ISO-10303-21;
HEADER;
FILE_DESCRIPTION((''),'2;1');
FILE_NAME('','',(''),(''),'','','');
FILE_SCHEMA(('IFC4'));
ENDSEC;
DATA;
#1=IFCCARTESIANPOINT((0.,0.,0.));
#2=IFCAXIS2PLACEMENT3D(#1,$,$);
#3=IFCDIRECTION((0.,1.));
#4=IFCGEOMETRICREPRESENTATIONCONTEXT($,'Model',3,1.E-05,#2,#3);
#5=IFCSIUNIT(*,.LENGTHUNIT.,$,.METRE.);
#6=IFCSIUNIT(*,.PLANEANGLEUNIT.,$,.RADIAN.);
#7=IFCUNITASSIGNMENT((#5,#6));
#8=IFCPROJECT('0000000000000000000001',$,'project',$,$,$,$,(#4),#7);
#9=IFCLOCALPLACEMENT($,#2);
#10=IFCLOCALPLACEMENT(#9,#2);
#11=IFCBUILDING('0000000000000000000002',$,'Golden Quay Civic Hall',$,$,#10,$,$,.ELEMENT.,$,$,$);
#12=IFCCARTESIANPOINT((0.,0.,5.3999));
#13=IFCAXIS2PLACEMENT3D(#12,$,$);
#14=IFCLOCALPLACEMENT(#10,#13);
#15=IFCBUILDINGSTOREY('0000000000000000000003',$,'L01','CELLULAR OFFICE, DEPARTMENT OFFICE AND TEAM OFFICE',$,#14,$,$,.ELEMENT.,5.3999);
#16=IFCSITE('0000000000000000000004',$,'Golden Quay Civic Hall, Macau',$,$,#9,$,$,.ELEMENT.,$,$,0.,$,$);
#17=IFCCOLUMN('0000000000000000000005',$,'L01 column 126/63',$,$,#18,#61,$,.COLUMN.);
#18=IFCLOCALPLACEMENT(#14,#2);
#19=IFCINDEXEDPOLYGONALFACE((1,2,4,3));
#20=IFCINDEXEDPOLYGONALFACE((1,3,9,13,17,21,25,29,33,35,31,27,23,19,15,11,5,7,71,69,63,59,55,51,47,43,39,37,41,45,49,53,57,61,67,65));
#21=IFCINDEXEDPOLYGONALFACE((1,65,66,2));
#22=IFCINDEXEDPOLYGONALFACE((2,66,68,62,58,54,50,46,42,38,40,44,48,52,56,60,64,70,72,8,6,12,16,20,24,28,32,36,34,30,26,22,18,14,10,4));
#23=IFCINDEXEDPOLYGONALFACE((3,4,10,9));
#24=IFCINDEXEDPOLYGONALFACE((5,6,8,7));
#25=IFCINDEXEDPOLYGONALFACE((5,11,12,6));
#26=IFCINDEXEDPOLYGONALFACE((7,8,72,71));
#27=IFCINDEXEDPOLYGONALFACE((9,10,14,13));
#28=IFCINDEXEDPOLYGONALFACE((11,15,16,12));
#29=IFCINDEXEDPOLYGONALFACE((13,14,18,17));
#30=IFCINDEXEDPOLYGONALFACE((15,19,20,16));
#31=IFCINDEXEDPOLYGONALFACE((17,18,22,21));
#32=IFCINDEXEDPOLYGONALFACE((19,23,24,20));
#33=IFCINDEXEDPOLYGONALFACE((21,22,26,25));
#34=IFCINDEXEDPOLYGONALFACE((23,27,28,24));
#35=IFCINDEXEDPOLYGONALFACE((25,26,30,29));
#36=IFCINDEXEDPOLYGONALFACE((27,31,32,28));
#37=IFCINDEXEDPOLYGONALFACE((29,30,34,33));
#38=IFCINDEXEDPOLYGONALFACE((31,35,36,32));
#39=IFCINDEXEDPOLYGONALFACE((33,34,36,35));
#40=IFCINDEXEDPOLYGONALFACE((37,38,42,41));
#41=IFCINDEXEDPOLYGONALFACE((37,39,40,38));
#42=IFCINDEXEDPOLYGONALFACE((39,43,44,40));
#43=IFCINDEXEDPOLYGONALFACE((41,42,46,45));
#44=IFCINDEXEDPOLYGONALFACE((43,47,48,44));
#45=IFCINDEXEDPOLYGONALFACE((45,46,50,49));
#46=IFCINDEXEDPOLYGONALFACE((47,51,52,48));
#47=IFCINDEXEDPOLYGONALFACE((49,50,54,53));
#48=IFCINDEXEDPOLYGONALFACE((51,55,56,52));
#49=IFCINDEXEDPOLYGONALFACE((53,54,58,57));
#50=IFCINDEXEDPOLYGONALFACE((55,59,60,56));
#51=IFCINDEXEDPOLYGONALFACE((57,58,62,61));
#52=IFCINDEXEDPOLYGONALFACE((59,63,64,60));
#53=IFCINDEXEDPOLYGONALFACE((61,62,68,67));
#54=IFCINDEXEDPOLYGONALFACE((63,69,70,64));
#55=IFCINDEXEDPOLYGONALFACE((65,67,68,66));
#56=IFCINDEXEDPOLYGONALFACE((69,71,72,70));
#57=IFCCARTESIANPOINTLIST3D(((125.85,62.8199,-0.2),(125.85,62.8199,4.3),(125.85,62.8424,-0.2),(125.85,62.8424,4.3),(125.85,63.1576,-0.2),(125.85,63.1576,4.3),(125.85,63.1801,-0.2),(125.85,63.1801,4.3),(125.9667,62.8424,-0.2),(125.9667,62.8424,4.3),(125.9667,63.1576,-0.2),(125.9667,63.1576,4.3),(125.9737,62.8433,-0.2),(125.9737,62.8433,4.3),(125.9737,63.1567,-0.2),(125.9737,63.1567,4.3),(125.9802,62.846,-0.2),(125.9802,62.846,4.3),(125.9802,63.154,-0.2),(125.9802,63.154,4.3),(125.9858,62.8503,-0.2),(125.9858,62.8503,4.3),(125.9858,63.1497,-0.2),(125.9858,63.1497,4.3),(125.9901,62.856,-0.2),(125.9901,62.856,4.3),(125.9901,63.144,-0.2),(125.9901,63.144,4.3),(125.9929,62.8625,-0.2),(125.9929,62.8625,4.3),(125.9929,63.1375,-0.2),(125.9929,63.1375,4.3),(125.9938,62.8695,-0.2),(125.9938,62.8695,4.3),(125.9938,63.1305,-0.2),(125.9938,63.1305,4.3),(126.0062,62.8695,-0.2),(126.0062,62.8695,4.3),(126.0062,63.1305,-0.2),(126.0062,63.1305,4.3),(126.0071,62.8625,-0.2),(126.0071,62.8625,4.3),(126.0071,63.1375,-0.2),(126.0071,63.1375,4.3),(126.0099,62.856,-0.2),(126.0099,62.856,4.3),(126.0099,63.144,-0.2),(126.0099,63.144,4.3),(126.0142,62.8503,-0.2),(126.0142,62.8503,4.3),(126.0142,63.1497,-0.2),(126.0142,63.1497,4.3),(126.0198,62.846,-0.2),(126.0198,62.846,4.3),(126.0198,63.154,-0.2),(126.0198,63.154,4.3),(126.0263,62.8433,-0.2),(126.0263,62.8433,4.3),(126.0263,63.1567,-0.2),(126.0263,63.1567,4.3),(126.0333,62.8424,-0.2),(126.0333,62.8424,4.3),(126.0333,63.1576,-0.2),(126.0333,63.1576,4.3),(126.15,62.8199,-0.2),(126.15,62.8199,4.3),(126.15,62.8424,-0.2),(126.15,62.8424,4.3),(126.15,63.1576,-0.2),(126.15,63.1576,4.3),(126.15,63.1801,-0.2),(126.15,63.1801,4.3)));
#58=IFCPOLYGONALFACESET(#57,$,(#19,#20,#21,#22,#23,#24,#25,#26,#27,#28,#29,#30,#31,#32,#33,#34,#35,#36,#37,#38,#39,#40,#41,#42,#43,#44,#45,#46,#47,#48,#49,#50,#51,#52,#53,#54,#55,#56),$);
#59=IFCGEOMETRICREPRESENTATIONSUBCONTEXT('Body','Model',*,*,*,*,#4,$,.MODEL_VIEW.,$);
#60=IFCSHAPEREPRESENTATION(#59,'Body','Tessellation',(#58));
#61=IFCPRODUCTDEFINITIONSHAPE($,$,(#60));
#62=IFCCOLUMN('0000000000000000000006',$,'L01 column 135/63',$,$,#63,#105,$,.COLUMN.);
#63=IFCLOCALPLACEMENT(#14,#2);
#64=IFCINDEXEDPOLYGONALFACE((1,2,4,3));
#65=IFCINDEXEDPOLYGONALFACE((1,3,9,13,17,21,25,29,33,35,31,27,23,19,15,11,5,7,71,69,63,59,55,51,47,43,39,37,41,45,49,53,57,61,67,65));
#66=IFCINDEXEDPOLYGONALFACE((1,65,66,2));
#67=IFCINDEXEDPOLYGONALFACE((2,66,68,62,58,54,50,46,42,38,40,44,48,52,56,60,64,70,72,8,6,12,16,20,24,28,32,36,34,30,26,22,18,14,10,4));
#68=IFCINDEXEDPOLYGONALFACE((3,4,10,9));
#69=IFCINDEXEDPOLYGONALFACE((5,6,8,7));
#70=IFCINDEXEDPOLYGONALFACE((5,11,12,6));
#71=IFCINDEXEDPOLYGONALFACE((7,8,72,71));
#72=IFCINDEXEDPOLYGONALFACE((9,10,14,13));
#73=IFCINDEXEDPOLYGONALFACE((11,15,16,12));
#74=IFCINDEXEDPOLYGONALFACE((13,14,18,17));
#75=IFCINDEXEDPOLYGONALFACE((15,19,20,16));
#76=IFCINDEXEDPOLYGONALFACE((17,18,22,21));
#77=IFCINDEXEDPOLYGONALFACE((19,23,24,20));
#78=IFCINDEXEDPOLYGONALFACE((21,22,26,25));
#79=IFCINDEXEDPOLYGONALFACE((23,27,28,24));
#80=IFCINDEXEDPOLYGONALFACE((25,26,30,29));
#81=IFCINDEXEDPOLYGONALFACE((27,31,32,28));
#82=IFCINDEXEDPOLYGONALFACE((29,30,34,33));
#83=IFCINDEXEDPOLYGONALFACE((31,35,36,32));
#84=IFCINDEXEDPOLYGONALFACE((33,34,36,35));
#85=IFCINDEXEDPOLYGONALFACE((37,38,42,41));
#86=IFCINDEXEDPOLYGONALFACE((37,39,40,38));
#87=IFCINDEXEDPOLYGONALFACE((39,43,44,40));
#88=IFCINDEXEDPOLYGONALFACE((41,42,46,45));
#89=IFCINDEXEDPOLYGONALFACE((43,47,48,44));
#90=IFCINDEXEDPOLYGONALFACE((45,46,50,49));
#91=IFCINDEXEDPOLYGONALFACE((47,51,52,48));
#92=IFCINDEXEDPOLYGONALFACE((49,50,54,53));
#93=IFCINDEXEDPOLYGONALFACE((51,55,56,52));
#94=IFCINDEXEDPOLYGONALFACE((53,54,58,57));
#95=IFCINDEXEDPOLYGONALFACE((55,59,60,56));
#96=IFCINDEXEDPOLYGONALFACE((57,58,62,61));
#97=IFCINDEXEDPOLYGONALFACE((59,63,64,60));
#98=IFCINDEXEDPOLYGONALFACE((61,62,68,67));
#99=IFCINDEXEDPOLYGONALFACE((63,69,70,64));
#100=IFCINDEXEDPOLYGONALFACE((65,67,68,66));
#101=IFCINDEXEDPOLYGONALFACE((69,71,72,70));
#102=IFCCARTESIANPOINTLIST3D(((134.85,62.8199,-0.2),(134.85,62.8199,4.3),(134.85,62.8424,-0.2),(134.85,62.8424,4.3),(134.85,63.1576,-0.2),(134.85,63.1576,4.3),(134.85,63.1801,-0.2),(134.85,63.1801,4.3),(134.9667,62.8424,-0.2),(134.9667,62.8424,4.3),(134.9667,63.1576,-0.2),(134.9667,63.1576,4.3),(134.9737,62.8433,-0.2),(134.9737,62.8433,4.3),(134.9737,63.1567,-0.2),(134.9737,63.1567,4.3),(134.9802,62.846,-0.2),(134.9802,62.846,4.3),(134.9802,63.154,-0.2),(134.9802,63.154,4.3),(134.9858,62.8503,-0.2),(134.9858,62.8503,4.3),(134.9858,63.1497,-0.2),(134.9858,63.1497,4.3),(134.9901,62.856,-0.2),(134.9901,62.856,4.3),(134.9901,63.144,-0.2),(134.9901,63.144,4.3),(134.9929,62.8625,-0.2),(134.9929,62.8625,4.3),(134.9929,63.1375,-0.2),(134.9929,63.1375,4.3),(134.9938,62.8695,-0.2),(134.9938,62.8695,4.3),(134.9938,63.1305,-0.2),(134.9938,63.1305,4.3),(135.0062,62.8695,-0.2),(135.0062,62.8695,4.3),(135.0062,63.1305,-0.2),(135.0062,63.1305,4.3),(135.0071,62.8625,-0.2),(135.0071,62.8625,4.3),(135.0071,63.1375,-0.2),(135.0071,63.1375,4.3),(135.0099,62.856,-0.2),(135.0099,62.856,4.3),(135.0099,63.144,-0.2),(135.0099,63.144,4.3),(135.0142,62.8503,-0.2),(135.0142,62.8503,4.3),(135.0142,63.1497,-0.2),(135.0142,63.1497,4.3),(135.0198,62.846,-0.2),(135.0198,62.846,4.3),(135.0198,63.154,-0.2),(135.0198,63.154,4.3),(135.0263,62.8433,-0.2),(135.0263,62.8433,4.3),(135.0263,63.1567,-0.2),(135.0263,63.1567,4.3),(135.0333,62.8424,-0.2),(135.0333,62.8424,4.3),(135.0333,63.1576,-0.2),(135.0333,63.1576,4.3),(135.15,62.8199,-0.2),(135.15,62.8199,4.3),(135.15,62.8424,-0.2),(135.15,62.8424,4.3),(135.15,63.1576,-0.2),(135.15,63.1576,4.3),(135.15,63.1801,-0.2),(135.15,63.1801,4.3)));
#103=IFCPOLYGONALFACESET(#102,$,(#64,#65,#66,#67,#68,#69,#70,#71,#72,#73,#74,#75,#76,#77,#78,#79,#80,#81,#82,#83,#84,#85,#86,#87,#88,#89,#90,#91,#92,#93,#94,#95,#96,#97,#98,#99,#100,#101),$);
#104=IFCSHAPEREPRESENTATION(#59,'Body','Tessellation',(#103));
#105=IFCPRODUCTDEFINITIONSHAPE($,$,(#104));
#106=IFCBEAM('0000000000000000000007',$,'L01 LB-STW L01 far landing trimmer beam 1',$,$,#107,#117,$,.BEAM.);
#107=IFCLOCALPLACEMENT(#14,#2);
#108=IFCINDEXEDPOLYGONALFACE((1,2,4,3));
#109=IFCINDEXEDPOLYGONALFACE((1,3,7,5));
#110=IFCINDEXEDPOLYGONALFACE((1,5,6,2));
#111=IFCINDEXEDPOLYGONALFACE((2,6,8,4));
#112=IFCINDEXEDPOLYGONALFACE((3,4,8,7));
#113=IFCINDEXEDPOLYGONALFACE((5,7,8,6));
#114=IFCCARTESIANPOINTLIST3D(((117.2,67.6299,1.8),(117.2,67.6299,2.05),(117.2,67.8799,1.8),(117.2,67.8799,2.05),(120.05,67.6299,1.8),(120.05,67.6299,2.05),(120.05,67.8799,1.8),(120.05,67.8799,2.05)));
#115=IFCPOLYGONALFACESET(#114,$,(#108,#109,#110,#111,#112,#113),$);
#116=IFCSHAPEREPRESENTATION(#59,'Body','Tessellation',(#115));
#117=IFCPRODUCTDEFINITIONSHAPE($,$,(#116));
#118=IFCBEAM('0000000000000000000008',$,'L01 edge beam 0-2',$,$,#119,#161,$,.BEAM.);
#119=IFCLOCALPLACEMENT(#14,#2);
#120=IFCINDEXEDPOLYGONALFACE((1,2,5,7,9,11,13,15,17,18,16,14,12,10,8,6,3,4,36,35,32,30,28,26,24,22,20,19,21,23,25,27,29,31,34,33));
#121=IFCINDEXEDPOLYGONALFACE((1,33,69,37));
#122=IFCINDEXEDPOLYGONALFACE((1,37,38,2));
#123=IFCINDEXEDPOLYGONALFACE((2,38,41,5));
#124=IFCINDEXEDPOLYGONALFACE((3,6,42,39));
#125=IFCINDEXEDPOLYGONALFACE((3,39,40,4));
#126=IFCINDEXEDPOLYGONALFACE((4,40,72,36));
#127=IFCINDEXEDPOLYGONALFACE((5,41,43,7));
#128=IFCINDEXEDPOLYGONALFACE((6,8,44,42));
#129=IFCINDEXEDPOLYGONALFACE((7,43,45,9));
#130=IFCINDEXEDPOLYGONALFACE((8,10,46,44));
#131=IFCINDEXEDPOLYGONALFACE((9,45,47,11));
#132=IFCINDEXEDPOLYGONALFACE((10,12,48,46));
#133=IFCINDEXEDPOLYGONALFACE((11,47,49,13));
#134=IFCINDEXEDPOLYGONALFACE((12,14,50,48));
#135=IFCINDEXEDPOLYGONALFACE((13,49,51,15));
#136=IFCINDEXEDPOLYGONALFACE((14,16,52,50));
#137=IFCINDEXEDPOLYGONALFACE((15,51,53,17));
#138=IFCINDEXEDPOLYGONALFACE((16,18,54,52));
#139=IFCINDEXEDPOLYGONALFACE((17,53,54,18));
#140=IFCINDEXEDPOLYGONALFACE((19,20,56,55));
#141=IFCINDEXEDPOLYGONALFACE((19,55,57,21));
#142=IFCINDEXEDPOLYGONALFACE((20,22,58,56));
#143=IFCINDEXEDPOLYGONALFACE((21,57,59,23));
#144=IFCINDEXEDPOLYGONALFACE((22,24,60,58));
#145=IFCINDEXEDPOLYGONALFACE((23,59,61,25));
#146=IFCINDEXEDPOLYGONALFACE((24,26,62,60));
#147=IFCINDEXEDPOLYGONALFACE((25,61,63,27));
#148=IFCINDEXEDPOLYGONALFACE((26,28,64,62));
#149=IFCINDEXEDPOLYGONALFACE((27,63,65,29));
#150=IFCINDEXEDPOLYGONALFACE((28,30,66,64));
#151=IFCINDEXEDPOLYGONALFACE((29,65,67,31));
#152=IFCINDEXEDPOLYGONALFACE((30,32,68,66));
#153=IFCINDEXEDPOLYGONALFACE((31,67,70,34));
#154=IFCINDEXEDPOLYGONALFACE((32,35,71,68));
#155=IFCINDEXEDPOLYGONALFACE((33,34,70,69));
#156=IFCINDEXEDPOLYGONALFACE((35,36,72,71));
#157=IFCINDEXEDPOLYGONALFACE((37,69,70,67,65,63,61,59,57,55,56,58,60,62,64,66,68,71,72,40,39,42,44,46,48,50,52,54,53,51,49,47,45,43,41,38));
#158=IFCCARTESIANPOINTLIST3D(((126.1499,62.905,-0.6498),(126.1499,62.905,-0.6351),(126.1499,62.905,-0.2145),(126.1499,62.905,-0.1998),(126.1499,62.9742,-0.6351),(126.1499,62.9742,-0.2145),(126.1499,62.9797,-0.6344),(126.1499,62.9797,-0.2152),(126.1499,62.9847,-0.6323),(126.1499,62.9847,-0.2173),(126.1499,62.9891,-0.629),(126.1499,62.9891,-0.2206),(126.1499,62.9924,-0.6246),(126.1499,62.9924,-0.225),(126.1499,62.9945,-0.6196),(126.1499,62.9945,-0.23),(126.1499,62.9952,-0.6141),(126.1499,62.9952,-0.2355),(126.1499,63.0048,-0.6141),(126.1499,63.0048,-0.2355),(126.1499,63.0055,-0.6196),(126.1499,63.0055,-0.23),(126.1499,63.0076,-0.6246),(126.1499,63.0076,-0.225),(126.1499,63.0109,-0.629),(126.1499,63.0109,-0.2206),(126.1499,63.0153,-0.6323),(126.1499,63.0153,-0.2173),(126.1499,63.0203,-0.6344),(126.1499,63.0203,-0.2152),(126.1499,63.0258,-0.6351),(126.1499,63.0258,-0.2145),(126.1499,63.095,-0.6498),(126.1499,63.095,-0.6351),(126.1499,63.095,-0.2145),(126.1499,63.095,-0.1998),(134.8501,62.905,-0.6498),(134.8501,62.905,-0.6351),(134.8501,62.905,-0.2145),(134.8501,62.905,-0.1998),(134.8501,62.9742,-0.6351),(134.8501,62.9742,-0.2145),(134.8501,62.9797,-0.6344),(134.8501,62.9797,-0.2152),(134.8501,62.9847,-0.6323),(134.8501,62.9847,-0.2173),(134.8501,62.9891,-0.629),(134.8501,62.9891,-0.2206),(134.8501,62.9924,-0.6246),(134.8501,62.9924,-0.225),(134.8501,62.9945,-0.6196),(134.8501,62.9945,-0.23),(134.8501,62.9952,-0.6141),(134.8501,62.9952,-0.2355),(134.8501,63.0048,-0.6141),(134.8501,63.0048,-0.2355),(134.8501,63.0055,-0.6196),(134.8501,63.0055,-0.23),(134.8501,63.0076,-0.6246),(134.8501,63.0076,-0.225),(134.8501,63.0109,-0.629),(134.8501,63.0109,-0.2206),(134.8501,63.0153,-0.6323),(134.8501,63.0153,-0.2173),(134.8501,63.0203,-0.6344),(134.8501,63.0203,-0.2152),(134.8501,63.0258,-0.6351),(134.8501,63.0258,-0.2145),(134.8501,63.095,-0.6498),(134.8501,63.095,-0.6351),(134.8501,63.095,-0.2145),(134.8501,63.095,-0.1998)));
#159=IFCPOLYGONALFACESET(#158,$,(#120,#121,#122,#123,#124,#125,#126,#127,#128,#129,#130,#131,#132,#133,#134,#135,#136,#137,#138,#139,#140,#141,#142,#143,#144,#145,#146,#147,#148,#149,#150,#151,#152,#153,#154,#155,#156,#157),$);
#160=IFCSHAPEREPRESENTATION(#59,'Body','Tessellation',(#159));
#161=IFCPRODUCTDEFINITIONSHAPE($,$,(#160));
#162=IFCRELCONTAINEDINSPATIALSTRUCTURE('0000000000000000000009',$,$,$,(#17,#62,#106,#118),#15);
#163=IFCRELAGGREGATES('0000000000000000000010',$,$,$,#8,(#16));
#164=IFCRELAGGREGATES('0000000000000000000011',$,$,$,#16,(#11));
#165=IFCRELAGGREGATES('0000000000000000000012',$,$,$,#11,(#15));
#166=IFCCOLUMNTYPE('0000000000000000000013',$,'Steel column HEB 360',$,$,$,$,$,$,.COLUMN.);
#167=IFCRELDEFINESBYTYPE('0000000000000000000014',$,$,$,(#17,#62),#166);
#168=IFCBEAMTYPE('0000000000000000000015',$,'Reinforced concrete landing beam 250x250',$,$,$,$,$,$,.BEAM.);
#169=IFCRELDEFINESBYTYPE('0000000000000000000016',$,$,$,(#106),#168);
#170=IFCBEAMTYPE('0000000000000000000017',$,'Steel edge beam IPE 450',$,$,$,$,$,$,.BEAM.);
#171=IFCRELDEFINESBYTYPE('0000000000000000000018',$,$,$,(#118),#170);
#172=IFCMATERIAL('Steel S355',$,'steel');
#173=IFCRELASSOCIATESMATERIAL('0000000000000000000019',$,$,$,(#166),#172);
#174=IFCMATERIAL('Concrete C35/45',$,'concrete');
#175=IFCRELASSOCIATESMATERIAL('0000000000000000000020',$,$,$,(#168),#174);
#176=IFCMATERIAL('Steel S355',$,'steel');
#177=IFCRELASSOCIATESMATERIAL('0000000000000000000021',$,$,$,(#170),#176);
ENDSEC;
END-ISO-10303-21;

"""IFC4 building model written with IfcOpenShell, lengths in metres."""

from ifc_helpers import new_model, si_unit, direction, frame, origin, origin_2d, place, context, subcontext, project, spatial, rectangle, i_section, extrude, material, material_profile, profile_set, type_object, element, save


model = new_model("IFC4")

# Units and contexts
model_context = context("Model", 3, precision=1e-05, world=origin(), true_north=direction((0.0, 1.0)))
body_context = subcontext(model_context, "Body", "Model", "MODEL_VIEW")
ifc_project = project(units=[si_unit("LENGTHUNIT", "METRE"), si_unit("PLANEANGLEUNIT", "RADIAN")], contexts=[model_context])

# Site, building, storey
site_placement = place(None, origin())
site = spatial("IfcSite", under=ifc_project, at=site_placement, Name="Golden Quay Civic Hall, Macau", CompositionType="ELEMENT", RefElevation=0.0)
building_placement = place(site_placement, origin())
building = spatial("IfcBuilding", under=site, at=building_placement, Name="Golden Quay Civic Hall", CompositionType="ELEMENT")
storey_placement = place(building_placement, frame((0.0, 0.0, 5.3999)))
storey = spatial("IfcBuildingStorey", under=building, at=storey_placement, Name="L01", Description="CELLULAR OFFICE, DEPARTMENT OFFICE AND TEAM OFFICE", CompositionType="ELEMENT", Elevation=5.3999)

# Columns
ifc_material_1 = material(Name="Steel S355", Category="steel")
ifc_material_profile_1 = material_profile(ifc_material_1, i_section(OverallWidth=0.3, OverallDepth=0.3601, WebThickness=0.0125, FlangeThickness=0.0225, FilletRadius=0.0271, at=origin_2d()), Name="HEB 360")
ifc_profile_set_1 = profile_set([ifc_material_profile_1], Name="Steel S355")
column_type = type_object("IfcColumnType", Name="Steel column HEB 360", PredefinedType="COLUMN", material=ifc_profile_set_1)
for number, where, z_axis, x_axis, name in (
    (1, (126.0, 63.0, -0.2), (0.0, 0.0, 1.0), (1.0, 0.0, 0.0), "L01 column 126/63"),
    (2, (135.0, 63.0, -0.2), (0.0, 0.0, 1.0), (1.0, 0.0, 0.0), "L01 column 135/63"),
):
    element("IfcColumn", number, at=place(storey_placement, frame(where, z_axis=z_axis, x_axis=x_axis)), inside=storey, type_object=column_type, Name=name, PredefinedType="COLUMN", context=body_context, shape_type="SweptSolid", body=[
        extrude(i_section(OverallWidth=0.3, OverallDepth=0.3601, WebThickness=0.0125, FlangeThickness=0.0225, FilletRadius=0.0271, at=origin_2d()), origin(), (0.0, 0.0, 1.0), 4.5),
    ])

# Beams
ifc_material_2 = material(Name="Concrete C35/45", Category="concrete")
ifc_material_profile_2 = material_profile(ifc_material_2, rectangle(XDim=0.25, YDim=0.25, at=origin_2d()), Name="RC 250x250")
ifc_profile_set_2 = profile_set([ifc_material_profile_2], Name="Concrete C35/45")
beam_type_1 = type_object("IfcBeamType", Name="Reinforced concrete landing beam 250x250", PredefinedType="BEAM", material=ifc_profile_set_2)
beam_1_placement = place(storey_placement, frame((120.05, 67.7549, 1.925), z_axis=(-1.0, 0.0, 0.0), x_axis=(0.0, -1.0, 0.0)))
element("IfcBeam", 3, at=beam_1_placement, inside=storey, type_object=beam_type_1, Name="L01 LB-STW L01 far landing trimmer beam 1", PredefinedType="BEAM", context=body_context, shape_type="SweptSolid", body=[
    extrude(rectangle(XDim=0.25, YDim=0.25, at=origin_2d()), origin(), (0.0, 0.0, 1.0), 2.8501),
])
ifc_material_3 = material(Name="Steel S355", Category="steel")
ifc_material_profile_3 = material_profile(ifc_material_3, i_section(OverallWidth=0.1899, OverallDepth=0.45, WebThickness=0.0095, FlangeThickness=0.0146, FilletRadius=0.021, at=origin_2d()), Name="IPE 450")
ifc_profile_set_3 = profile_set([ifc_material_profile_3], Name="Steel S355")
beam_type_2 = type_object("IfcBeamType", Name="Steel edge beam IPE 450", PredefinedType="BEAM", material=ifc_profile_set_3)
for number, where, z_axis, x_axis, name in (
    (4, (126.1499, 63.0, -0.4248), (1.0, 0.0, 0.0), (0.0, 1.0, 0.0), "L01 edge beam 0-2"),
):
    element("IfcBeam", number, at=place(storey_placement, frame(where, z_axis=z_axis, x_axis=x_axis)), inside=storey, type_object=beam_type_2, Name=name, PredefinedType="BEAM", context=body_context, shape_type="SweptSolid", body=[
        extrude(i_section(OverallWidth=0.1899, OverallDepth=0.45, WebThickness=0.0095, FlangeThickness=0.0146, FilletRadius=0.021, at=origin_2d()), origin(), (0.0, 0.0, 1.0), 8.7002),
    ])

save(model, "model.ifc")
